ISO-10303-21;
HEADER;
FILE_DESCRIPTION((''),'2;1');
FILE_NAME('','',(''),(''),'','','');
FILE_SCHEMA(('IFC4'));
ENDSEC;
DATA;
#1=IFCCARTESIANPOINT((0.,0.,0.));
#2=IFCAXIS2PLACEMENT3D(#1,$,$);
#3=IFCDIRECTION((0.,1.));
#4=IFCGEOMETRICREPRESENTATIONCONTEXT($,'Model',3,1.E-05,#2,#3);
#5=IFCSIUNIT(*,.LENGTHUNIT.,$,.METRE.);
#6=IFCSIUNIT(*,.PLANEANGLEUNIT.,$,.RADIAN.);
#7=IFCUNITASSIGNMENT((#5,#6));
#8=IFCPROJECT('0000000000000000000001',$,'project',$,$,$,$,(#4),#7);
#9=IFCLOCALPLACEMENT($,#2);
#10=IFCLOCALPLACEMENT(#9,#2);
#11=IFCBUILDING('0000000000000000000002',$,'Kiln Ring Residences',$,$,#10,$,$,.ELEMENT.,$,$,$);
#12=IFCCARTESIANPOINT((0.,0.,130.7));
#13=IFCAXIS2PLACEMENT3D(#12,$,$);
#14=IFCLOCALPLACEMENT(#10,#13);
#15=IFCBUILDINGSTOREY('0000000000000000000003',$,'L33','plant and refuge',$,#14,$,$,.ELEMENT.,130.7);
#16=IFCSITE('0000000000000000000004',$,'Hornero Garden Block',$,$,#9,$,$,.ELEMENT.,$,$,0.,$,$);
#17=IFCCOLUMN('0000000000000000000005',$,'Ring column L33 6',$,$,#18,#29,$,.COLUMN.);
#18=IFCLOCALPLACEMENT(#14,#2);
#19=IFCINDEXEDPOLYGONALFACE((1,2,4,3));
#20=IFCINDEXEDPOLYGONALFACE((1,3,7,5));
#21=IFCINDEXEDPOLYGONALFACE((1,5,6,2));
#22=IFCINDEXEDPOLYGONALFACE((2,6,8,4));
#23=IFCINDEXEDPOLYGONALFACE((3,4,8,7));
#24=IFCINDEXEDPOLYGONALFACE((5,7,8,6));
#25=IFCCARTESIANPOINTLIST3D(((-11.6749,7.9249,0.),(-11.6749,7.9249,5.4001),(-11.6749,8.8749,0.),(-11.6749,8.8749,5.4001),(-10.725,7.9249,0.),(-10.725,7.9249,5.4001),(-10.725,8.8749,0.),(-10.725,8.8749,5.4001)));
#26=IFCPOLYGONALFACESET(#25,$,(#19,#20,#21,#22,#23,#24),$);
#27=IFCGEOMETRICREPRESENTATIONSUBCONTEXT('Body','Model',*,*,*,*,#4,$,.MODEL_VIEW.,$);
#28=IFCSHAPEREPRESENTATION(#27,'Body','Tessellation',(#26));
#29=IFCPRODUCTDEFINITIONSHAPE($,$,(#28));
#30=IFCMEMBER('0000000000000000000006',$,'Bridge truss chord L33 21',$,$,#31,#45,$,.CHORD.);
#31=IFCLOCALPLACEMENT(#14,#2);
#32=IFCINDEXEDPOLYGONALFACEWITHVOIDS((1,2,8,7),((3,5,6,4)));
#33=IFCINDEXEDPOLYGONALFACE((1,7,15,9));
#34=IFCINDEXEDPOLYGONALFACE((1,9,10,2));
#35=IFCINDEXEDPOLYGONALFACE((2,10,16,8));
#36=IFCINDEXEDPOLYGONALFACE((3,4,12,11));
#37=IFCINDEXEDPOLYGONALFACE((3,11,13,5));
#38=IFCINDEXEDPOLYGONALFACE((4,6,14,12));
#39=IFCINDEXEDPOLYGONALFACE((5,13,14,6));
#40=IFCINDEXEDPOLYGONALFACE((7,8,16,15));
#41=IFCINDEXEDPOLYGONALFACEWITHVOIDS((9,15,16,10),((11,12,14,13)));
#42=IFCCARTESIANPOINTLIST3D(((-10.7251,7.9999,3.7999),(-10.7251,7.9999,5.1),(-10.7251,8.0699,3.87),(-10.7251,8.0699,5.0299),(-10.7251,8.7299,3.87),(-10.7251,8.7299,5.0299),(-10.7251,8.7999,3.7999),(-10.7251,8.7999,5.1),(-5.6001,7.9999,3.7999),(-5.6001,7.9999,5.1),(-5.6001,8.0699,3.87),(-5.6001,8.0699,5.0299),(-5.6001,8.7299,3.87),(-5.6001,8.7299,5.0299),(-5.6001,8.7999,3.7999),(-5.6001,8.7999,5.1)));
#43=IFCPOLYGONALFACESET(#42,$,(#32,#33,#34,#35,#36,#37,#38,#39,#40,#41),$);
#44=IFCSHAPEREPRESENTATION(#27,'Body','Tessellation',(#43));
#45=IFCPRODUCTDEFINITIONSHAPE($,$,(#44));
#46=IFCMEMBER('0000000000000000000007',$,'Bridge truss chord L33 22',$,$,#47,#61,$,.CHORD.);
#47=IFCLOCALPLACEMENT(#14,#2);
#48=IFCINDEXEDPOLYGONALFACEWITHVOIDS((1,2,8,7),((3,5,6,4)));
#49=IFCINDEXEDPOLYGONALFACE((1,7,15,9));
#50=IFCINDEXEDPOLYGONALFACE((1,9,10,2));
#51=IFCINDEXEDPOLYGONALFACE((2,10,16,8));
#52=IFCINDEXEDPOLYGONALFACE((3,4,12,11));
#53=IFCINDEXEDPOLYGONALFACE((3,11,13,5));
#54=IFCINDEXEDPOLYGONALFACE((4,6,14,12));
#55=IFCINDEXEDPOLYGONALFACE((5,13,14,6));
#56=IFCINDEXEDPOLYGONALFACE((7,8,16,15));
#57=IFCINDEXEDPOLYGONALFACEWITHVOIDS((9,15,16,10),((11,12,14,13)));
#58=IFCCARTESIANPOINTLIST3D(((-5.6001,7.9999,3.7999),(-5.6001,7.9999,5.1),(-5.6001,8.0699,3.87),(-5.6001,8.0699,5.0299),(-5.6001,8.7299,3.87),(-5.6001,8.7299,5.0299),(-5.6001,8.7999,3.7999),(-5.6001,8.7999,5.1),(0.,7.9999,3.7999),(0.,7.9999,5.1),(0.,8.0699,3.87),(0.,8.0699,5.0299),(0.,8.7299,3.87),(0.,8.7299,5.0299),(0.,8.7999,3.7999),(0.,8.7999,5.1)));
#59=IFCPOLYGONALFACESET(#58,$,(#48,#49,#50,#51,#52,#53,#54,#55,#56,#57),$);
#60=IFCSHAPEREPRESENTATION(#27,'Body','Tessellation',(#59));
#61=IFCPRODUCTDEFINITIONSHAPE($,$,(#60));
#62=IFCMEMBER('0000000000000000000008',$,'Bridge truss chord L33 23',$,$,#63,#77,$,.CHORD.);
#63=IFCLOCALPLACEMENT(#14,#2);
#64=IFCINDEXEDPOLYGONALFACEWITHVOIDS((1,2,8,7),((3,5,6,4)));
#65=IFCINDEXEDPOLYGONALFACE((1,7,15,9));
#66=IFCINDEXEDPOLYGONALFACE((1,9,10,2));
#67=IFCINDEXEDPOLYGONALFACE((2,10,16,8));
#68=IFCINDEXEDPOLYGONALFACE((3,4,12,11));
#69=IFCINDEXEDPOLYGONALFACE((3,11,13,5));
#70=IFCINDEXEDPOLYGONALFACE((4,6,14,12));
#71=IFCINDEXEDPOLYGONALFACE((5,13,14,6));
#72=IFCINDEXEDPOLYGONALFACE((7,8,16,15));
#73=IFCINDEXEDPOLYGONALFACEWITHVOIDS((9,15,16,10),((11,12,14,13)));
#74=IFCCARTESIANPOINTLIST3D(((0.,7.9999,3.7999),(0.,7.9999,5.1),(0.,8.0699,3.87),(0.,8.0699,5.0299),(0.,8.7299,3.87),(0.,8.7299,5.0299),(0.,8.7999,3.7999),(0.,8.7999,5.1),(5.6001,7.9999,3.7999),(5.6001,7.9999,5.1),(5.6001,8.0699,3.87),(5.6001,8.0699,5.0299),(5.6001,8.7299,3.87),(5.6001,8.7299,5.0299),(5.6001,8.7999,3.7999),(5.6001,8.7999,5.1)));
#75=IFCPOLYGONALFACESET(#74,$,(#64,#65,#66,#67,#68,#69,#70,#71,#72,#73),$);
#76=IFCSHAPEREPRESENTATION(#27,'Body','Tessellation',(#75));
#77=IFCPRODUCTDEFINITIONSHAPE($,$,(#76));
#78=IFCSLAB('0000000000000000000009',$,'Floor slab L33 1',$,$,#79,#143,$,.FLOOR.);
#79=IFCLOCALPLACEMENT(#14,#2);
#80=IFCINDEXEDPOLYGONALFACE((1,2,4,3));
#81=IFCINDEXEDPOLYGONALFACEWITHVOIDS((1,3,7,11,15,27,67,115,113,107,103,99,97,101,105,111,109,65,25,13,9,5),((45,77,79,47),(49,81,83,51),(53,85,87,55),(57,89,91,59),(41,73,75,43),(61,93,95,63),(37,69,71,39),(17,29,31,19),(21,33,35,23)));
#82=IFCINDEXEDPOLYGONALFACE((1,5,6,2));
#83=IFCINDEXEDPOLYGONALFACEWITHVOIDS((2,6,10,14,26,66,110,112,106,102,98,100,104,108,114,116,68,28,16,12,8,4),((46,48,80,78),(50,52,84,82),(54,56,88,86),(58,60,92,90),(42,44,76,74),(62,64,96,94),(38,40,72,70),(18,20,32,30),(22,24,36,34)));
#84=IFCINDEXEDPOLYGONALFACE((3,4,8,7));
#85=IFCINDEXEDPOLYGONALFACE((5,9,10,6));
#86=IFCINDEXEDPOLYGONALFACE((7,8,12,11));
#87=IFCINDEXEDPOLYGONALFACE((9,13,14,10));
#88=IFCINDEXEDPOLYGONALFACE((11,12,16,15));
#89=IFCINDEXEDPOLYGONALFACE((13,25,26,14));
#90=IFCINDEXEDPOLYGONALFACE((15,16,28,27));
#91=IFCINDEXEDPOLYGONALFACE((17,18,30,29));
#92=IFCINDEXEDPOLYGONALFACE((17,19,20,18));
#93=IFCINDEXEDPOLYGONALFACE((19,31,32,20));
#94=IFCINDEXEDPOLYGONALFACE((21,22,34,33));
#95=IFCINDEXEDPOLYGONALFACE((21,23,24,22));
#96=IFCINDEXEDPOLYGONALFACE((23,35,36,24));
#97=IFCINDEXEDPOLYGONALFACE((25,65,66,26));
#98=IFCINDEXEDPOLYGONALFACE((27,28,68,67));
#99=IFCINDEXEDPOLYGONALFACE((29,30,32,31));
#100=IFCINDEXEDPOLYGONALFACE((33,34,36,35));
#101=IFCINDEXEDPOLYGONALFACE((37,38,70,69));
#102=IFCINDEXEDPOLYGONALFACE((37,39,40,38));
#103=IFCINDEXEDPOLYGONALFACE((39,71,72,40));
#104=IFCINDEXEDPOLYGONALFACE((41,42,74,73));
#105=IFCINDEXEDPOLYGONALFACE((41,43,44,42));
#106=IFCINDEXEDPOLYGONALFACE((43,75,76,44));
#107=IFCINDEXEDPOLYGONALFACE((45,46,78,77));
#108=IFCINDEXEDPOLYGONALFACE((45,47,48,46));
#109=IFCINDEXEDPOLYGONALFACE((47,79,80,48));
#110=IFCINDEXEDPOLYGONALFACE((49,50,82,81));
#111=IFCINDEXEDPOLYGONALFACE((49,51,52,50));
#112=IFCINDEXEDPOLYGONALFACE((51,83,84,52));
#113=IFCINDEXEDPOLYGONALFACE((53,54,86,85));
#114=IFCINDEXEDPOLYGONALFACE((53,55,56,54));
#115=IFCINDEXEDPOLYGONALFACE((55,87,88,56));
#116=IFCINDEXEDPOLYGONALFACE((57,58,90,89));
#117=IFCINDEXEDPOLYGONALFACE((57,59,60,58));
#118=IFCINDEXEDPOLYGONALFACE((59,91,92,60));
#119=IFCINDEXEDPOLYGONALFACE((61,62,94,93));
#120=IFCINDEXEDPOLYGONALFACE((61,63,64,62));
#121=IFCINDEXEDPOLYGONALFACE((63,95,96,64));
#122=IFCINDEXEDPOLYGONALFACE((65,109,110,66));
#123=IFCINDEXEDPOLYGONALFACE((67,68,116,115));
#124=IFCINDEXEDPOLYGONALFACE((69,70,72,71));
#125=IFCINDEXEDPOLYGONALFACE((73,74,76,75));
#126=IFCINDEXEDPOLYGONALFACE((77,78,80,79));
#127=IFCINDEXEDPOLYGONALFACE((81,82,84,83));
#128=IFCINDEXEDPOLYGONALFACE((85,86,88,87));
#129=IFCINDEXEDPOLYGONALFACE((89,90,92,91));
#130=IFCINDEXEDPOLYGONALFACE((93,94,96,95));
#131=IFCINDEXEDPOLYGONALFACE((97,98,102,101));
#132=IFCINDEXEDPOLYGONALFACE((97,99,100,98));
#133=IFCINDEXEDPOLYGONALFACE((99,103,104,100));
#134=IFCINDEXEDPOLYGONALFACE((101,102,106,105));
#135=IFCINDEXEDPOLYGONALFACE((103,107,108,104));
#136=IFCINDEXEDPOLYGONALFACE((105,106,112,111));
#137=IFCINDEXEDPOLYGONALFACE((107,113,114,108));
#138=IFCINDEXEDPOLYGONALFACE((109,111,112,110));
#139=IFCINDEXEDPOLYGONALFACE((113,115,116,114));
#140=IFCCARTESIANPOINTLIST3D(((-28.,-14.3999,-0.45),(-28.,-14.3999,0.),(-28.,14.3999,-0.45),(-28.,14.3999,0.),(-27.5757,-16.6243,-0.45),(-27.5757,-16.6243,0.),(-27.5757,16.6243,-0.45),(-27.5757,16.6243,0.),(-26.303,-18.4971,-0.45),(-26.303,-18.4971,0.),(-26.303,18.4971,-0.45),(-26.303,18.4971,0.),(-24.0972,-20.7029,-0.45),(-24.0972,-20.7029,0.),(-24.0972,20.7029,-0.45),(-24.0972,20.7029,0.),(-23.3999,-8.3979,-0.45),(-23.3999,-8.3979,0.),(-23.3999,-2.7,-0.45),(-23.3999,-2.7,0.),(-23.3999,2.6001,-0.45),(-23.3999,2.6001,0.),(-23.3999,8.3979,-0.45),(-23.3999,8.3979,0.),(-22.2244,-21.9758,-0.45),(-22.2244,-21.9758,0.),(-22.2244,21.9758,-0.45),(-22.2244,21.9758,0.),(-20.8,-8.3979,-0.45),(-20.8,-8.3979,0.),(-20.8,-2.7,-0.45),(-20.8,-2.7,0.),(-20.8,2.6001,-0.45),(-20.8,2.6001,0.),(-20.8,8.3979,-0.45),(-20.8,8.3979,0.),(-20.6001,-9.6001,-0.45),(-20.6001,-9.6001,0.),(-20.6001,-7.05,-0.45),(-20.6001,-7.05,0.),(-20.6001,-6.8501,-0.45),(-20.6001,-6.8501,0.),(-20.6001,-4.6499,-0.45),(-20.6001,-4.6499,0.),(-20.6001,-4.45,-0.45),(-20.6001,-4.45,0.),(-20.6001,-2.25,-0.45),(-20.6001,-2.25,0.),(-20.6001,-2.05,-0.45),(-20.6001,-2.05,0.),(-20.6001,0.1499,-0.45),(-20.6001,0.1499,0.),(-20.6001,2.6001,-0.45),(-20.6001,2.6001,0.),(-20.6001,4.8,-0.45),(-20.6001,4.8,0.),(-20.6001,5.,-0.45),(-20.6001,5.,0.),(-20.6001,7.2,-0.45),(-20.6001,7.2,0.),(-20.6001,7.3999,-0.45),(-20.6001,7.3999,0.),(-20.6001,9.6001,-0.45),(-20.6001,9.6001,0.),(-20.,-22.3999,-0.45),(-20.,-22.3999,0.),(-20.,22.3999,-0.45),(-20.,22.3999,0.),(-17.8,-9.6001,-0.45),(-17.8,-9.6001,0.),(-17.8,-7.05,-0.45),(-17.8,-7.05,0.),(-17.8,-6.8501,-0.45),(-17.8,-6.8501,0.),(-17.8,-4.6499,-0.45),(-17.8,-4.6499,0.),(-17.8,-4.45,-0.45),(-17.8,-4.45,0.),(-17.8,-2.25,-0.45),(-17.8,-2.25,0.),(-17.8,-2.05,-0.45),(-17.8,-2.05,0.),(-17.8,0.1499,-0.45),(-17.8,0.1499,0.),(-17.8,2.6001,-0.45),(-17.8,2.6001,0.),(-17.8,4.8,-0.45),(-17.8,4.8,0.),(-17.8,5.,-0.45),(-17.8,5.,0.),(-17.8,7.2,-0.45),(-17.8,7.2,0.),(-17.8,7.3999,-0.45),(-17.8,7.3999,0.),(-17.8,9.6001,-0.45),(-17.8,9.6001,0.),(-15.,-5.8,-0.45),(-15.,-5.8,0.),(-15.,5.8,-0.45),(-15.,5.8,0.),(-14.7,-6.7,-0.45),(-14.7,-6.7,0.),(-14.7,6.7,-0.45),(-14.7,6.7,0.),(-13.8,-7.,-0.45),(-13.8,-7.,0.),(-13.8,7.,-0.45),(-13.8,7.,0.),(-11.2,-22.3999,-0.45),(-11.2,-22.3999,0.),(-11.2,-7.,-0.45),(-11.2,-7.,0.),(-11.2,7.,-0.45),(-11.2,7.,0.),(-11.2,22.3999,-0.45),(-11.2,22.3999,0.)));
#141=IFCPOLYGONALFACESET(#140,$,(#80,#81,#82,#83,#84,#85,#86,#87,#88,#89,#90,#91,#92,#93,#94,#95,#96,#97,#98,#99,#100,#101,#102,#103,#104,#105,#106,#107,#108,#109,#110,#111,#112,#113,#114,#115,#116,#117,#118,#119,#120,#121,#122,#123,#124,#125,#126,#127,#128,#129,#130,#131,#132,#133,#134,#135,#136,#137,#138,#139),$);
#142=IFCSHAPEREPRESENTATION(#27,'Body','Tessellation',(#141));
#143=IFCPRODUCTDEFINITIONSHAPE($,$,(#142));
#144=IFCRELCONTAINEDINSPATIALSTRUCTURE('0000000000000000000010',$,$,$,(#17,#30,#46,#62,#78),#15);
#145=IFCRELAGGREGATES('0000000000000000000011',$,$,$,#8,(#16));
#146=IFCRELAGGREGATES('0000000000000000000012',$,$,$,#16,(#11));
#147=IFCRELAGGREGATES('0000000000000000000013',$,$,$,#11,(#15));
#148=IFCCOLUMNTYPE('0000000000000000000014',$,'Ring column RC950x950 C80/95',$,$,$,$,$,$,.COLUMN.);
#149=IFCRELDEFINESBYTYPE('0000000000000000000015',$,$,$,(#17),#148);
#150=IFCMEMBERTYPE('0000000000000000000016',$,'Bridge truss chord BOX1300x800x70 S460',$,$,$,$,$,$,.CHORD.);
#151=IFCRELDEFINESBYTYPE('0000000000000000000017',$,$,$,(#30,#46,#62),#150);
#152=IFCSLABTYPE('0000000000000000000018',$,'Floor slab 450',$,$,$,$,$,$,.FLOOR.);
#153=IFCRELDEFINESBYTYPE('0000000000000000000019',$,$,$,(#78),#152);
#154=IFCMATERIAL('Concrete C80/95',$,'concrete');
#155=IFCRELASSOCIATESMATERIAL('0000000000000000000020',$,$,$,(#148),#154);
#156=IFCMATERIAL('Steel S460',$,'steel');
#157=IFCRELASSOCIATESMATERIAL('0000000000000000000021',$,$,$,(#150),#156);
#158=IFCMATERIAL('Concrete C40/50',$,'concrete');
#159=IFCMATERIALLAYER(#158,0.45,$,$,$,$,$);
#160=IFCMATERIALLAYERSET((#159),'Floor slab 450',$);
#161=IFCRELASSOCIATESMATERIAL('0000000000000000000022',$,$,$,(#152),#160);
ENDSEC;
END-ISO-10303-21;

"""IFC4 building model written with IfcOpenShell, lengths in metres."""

from ifc_helpers import new_model, si_unit, direction, frame, origin, origin_2d, place, context, subcontext, project, spatial, polyline, rectangle, hollow_rectangle, outline, extrude, material, layer, layer_set, material_profile, profile_set, type_object, element, save


model = new_model("IFC4")

# Units and contexts
model_context = context("Model", 3, precision=1e-05, world=origin(), true_north=direction((0.0, 1.0)))
body_context = subcontext(model_context, "Body", "Model", "MODEL_VIEW")
ifc_project = project(units=[si_unit("LENGTHUNIT", "METRE"), si_unit("PLANEANGLEUNIT", "RADIAN")], contexts=[model_context])

# Site, building, storey
site_placement = place(None, origin())
site = spatial("IfcSite", under=ifc_project, at=site_placement, Name="Hornero Garden Block", CompositionType="ELEMENT", RefElevation=0.0)
building_placement = place(site_placement, origin())
building = spatial("IfcBuilding", under=site, at=building_placement, Name="Kiln Ring Residences", CompositionType="ELEMENT")
storey_placement = place(building_placement, frame((0.0, 0.0, 130.7)))
storey = spatial("IfcBuildingStorey", under=building, at=storey_placement, Name="L33", Description="plant and refuge", CompositionType="ELEMENT", Elevation=130.7)

# Column
ifc_material_1 = material(Name="Concrete C80/95", Category="concrete")
ifc_material_profile_1 = material_profile(ifc_material_1, rectangle(XDim=0.95, YDim=0.95, at=origin_2d()), Name="RC950x950")
ifc_profile_set_1 = profile_set([ifc_material_profile_1], Name="Concrete C80/95")
column_type = type_object("IfcColumnType", Name="Ring column RC950x950 C80/95", PredefinedType="COLUMN", material=ifc_profile_set_1)
column_placement = place(storey_placement, frame((-11.2, 8.3999, 0.0), z_axis=(0.0, 0.0, 1.0), x_axis=(1.0, 0.0, 0.0)))
element("IfcColumn", 1, at=column_placement, inside=storey, type_object=column_type, Name="Ring column L33 6", PredefinedType="COLUMN", context=body_context, shape_type="SweptSolid", body=[
    extrude(rectangle(XDim=0.95, YDim=0.95, at=origin_2d()), origin(), (0.0, 0.0, 1.0), 5.4001),
])

# Members
ifc_material_2 = material(Name="Steel S460", Category="steel")
ifc_material_profile_2 = material_profile(ifc_material_2, hollow_rectangle(XDim=0.8, YDim=1.3, WallThickness=0.0701, at=origin_2d()), Name="BOX1300x800x70")
ifc_profile_set_2 = profile_set([ifc_material_profile_2], Name="Steel S460")
member_type = type_object("IfcMemberType", Name="Bridge truss chord BOX1300x800x70 S460", PredefinedType="CHORD", material=ifc_profile_set_2)
member_placement = place(storey_placement, frame((-10.7251, 8.3999, 4.45), z_axis=(1.0, 0.0, 0.0), x_axis=(0.0, 1.0, 0.0)))
element("IfcMember", 2, at=member_placement, inside=storey, type_object=member_type, Name="Bridge truss chord L33 21", PredefinedType="CHORD", context=body_context, shape_type="SweptSolid", body=[
    extrude(hollow_rectangle(XDim=0.8, YDim=1.3, WallThickness=0.0701, at=origin_2d()), origin(), (0.0, 0.0, 1.0), 5.125),
])
for number, where, z_axis, x_axis, name in (
    (3, (-5.6001, 8.3999, 4.45), (1.0, 0.0, 0.0), (0.0, 1.0, 0.0), "Bridge truss chord L33 22"),
    (4, (0.0, 8.3999, 4.45), (1.0, 0.0, 0.0), (0.0, 1.0, 0.0), "Bridge truss chord L33 23"),
):
    element("IfcMember", number, at=place(storey_placement, frame(where, z_axis=z_axis, x_axis=x_axis)), inside=storey, type_object=member_type, Name=name, PredefinedType="CHORD", context=body_context, shape_type="SweptSolid", body=[
        extrude(hollow_rectangle(XDim=0.8, YDim=1.3, WallThickness=0.0701, at=origin_2d()), origin(), (0.0, 0.0, 1.0), 5.6001),
    ])

# Slab
ifc_material_3 = material(Name="Concrete C40/50", Category="concrete")
ifc_layer_1 = layer(ifc_material_3, 0.45)
ifc_layer_set_1 = layer_set([ifc_layer_1], Name="Floor slab 450")
slab_type = type_object("IfcSlabType", Name="Floor slab 450", PredefinedType="FLOOR", material=ifc_layer_set_1)
placement = place(storey_placement, frame((0.0, 0.0, -0.45)))
element("IfcSlab", 5, at=placement, inside=storey, type_object=slab_type, Name="Floor slab L33 1", PredefinedType="FLOOR", context=body_context, shape_type="SweptSolid", body=[
    extrude(outline(polyline([(-28.0, -14.3999), (-27.5757, -16.6243), (-26.303, -18.4971), (-24.0972, -20.7029), (-22.2244, -21.9758), (-20.0, -22.3999), (-11.2, -22.3999), (-11.2, -7.0), (-13.8, -7.0), (-14.7, -6.7), (-15.0, -5.8), (-15.0, 5.8), (-14.7, 6.7), (-13.8, 7.0), (-11.2, 7.0), (-11.2, 22.3999), (-20.0, 22.3999), (-22.2244, 21.9758), (-24.0972, 20.7029), (-26.303, 18.4971), (-27.5757, 16.6243), (-28.0, 14.3999), (-28.0, -14.3999)]), holes=[polyline([(-17.8, 2.6001), (-20.6001, 2.6001), (-20.6001, 4.8), (-17.8, 4.8), (-17.8, 2.6001)]), polyline([(-17.8, -2.05), (-20.6001, -2.05), (-20.6001, 0.1499), (-17.8, 0.1499), (-17.8, -2.05)]), polyline([(-17.8, -4.45), (-20.6001, -4.45), (-20.6001, -2.25), (-17.8, -2.25), (-17.8, -4.45)]), polyline([(-17.8, -6.8501), (-20.6001, -6.8501), (-20.6001, -4.6499), (-17.8, -4.6499), (-17.8, -6.8501)]), polyline([(-17.8, -9.6001), (-20.6001, -9.6001), (-20.6001, -7.05), (-17.8, -7.05), (-17.8, -9.6001)]), polyline([(-20.6001, 7.3999), (-20.6001, 9.6001), (-17.8, 9.6001), (-17.8, 7.3999), (-20.6001, 7.3999)]), polyline([(-20.6001, 5.0), (-20.6001, 7.2), (-17.8, 7.2), (-17.8, 5.0), (-20.6001, 5.0)]), polyline([(-20.8, -8.3979), (-23.3999, -8.3979), (-23.3999, -2.7), (-20.8, -2.7), (-20.8, -8.3979)]), polyline([(-20.8, 2.6001), (-23.3999, 2.6001), (-23.3999, 8.3979), (-20.8, 8.3979), (-20.8, 2.6001)])]), origin(), (0.0, 0.0, 1.0), 0.45),
])

save(model, "model.ifc")
